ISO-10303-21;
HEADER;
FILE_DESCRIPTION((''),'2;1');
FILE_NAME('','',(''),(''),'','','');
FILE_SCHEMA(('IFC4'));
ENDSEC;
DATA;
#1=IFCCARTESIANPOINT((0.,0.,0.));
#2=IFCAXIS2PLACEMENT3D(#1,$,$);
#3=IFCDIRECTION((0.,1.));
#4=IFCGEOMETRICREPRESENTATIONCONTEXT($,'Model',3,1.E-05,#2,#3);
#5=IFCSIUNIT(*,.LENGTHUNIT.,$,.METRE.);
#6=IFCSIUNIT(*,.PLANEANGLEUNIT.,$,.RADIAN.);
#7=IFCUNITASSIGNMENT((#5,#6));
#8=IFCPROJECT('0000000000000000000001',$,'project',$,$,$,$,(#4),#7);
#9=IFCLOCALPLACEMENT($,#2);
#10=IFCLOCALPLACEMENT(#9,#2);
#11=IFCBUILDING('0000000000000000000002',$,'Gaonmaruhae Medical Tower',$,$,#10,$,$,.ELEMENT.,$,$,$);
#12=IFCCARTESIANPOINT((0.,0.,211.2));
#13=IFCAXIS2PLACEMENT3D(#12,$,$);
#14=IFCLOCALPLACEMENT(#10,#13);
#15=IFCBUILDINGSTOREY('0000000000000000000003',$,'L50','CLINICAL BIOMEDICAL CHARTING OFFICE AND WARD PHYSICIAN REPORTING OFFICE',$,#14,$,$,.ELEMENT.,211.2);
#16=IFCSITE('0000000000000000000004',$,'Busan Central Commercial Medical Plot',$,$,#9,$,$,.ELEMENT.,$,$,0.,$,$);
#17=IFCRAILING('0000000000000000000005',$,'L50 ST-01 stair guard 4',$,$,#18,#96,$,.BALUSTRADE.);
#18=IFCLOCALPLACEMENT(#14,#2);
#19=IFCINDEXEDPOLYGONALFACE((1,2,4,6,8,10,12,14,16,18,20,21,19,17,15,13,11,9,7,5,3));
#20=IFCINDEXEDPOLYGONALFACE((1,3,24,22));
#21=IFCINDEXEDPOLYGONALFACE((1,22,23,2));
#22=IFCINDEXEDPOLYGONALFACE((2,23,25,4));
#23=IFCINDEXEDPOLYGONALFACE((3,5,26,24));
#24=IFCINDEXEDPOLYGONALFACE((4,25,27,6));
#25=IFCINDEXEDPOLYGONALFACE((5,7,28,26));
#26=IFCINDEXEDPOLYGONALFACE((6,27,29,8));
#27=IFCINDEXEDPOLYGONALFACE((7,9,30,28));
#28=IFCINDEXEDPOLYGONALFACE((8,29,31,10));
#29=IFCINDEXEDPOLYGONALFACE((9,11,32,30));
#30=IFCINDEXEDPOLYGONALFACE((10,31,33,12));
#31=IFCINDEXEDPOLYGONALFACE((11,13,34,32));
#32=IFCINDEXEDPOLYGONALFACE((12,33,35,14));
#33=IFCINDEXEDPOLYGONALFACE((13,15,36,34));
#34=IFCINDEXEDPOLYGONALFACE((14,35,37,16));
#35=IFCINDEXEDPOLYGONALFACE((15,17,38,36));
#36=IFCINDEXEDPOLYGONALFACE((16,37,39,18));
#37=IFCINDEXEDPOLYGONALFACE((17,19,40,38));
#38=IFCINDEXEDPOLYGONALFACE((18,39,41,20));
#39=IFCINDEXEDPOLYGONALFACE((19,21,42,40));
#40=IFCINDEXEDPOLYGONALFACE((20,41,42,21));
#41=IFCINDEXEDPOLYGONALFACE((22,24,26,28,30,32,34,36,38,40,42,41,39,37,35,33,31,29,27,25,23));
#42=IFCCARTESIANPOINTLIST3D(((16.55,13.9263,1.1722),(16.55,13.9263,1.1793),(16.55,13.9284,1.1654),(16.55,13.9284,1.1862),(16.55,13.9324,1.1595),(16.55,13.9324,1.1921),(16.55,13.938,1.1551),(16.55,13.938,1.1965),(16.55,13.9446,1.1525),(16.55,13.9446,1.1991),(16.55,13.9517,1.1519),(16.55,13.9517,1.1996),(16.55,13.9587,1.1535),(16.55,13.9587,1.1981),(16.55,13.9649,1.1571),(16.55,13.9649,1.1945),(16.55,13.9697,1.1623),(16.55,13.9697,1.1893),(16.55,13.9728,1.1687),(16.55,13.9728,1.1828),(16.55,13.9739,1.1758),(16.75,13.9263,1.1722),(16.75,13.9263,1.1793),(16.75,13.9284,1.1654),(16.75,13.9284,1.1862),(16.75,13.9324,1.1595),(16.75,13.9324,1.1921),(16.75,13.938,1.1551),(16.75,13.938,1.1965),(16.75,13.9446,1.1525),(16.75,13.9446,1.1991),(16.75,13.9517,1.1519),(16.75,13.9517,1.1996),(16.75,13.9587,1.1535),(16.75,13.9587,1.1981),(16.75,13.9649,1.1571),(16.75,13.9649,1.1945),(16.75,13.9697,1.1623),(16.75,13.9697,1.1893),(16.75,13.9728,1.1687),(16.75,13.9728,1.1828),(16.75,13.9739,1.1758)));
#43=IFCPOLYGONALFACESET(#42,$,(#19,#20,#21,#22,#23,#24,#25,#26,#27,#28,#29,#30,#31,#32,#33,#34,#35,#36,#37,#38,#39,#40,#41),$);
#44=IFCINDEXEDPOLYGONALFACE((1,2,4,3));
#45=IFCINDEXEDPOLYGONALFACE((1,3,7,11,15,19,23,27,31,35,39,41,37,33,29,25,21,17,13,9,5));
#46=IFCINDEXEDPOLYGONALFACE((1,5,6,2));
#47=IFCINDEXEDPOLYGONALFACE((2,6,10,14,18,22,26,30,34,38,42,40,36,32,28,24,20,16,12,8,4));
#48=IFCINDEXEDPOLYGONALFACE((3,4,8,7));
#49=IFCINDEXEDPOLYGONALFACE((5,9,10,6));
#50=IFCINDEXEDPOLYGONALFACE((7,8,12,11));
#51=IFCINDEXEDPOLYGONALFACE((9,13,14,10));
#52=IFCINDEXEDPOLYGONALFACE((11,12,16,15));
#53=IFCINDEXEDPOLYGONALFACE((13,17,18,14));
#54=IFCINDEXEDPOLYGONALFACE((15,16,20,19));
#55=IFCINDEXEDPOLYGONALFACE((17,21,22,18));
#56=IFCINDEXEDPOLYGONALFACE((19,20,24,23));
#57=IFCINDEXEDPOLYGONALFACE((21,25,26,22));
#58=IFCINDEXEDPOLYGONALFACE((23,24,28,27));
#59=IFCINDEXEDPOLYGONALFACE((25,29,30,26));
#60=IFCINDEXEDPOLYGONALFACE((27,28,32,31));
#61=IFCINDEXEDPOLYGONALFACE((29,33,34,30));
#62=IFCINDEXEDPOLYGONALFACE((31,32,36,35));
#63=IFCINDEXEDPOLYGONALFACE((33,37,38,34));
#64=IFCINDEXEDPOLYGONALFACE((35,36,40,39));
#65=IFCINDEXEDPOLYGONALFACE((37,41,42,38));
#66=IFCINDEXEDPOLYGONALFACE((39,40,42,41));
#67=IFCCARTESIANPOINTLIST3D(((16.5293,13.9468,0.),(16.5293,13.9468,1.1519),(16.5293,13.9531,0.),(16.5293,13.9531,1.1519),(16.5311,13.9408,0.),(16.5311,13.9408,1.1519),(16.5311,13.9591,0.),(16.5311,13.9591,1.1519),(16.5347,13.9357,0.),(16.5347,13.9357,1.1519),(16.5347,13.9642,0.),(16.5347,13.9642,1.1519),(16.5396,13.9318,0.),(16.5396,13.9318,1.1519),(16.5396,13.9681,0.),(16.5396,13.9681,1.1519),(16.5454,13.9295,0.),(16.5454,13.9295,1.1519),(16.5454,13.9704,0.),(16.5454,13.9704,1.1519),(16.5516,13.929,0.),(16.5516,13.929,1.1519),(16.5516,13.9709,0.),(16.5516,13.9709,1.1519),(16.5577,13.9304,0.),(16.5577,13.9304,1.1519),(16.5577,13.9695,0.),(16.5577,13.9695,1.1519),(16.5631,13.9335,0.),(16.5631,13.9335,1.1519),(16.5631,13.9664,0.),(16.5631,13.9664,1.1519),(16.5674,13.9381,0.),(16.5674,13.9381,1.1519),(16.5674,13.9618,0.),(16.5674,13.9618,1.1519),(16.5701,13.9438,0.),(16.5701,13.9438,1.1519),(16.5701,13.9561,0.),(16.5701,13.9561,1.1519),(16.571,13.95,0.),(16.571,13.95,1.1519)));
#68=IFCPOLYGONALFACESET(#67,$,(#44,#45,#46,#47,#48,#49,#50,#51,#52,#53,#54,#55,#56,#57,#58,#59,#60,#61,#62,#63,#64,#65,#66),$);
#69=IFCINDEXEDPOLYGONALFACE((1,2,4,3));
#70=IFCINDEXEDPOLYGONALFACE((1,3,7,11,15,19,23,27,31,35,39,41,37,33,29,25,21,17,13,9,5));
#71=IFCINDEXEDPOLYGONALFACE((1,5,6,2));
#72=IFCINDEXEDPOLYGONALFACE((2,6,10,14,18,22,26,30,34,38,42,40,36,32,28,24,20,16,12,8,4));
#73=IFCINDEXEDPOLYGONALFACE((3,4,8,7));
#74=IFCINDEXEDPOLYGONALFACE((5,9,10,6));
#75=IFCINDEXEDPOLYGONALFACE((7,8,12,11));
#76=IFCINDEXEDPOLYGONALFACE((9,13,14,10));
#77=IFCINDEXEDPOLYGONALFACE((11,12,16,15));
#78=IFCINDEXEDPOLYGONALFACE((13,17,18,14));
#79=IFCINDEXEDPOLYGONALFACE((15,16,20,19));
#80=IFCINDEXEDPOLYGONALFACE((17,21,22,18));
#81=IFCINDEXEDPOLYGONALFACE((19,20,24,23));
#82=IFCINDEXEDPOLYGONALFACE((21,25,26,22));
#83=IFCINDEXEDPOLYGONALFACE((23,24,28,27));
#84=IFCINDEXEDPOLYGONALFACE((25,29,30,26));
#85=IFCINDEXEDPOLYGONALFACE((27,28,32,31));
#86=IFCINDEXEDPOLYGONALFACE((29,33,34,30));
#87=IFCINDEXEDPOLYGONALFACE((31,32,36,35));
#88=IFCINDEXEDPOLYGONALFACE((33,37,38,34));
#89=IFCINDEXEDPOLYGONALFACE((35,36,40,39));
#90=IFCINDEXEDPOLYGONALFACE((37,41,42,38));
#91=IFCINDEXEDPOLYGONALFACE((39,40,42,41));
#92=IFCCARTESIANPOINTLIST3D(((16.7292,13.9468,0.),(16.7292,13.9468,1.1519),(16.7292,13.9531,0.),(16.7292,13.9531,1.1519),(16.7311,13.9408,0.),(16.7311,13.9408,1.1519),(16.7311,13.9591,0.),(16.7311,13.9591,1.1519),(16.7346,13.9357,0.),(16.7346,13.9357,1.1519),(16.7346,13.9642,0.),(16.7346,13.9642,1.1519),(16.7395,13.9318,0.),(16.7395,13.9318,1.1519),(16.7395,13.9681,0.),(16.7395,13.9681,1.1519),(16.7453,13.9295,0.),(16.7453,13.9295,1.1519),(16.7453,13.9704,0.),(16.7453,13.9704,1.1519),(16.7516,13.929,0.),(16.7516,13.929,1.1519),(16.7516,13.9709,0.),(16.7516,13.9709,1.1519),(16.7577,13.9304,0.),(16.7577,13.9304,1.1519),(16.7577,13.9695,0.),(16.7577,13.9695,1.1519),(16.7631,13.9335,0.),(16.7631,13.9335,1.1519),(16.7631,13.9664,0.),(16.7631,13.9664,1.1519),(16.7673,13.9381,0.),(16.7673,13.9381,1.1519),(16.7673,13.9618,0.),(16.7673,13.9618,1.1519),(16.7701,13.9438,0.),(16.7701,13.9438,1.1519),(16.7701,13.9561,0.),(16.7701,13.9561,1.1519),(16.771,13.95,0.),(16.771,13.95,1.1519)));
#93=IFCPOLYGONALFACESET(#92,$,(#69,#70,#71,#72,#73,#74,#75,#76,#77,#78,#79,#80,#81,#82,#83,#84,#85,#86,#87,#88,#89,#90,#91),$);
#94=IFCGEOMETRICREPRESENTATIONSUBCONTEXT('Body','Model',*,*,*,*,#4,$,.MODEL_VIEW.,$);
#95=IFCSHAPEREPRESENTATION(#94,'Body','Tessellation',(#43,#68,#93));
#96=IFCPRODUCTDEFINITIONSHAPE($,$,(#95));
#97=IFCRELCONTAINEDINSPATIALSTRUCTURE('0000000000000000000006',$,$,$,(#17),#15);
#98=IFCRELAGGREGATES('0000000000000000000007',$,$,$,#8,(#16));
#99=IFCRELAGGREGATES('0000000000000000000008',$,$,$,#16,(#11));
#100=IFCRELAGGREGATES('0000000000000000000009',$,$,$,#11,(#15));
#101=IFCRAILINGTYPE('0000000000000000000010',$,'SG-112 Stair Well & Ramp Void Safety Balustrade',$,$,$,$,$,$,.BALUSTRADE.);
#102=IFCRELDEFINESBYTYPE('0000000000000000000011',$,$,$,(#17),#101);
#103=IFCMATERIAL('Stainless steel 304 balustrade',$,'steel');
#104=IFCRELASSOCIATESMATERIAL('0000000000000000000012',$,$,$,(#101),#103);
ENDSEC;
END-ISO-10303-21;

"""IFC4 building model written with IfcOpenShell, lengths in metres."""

from ifc_helpers import new_model, si_unit, direction, frame, origin, origin_2d, place, context, subcontext, project, spatial, circle, extrude, material, type_object, element, save


model = new_model("IFC4")

# Units and contexts
model_context = context("Model", 3, precision=1e-05, world=origin(), true_north=direction((0.0, 1.0)))
body_context = subcontext(model_context, "Body", "Model", "MODEL_VIEW")
ifc_project = project(units=[si_unit("LENGTHUNIT", "METRE"), si_unit("PLANEANGLEUNIT", "RADIAN")], contexts=[model_context])

# Site, building, storey
site_placement = place(None, origin())
site = spatial("IfcSite", under=ifc_project, at=site_placement, Name="Busan Central Commercial Medical Plot", CompositionType="ELEMENT", RefElevation=0.0)
building_placement = place(site_placement, origin())
building = spatial("IfcBuilding", under=site, at=building_placement, Name="Gaonmaruhae Medical Tower", CompositionType="ELEMENT")
storey_placement = place(building_placement, frame((0.0, 0.0, 211.2)))
storey = spatial("IfcBuildingStorey", under=building, at=storey_placement, Name="L50", Description="CLINICAL BIOMEDICAL CHARTING OFFICE AND WARD PHYSICIAN REPORTING OFFICE", CompositionType="ELEMENT", Elevation=211.2)

# Railing
ifc_material_1 = material(Name="Stainless steel 304 balustrade", Category="steel")
railing_type_1 = type_object("IfcRailingType", Name="SG-112 Stair Well & Ramp Void Safety Balustrade", PredefinedType="BALUSTRADE", material=ifc_material_1)
railing_1_placement = place(storey_placement, frame((16.55, 13.95, 0.0)))
element("IfcRailing", 1, at=railing_1_placement, inside=storey, type_object=railing_type_1, Name="L50 ST-01 stair guard 4", PredefinedType="BALUSTRADE", context=body_context, shape_type="SweptSolid", body=[
    extrude(circle(Radius=0.0239, at=origin_2d()), frame((0.0, 0.0, 1.1758), z_axis=(1.0, 0.0, 0.0), x_axis=(0.0, 1.0, 0.0)), (0.0, 0.0, 1.0), 0.2),
    extrude(circle(Radius=0.021, at=origin_2d()), origin(), (0.0, 0.0, 1.0), 1.1519),
    extrude(circle(Radius=0.021, at=origin_2d()), frame((0.2, 0.0, 0.0)), (0.0, 0.0, 1.0), 1.1519),
])

save(model, "model.ifc")
